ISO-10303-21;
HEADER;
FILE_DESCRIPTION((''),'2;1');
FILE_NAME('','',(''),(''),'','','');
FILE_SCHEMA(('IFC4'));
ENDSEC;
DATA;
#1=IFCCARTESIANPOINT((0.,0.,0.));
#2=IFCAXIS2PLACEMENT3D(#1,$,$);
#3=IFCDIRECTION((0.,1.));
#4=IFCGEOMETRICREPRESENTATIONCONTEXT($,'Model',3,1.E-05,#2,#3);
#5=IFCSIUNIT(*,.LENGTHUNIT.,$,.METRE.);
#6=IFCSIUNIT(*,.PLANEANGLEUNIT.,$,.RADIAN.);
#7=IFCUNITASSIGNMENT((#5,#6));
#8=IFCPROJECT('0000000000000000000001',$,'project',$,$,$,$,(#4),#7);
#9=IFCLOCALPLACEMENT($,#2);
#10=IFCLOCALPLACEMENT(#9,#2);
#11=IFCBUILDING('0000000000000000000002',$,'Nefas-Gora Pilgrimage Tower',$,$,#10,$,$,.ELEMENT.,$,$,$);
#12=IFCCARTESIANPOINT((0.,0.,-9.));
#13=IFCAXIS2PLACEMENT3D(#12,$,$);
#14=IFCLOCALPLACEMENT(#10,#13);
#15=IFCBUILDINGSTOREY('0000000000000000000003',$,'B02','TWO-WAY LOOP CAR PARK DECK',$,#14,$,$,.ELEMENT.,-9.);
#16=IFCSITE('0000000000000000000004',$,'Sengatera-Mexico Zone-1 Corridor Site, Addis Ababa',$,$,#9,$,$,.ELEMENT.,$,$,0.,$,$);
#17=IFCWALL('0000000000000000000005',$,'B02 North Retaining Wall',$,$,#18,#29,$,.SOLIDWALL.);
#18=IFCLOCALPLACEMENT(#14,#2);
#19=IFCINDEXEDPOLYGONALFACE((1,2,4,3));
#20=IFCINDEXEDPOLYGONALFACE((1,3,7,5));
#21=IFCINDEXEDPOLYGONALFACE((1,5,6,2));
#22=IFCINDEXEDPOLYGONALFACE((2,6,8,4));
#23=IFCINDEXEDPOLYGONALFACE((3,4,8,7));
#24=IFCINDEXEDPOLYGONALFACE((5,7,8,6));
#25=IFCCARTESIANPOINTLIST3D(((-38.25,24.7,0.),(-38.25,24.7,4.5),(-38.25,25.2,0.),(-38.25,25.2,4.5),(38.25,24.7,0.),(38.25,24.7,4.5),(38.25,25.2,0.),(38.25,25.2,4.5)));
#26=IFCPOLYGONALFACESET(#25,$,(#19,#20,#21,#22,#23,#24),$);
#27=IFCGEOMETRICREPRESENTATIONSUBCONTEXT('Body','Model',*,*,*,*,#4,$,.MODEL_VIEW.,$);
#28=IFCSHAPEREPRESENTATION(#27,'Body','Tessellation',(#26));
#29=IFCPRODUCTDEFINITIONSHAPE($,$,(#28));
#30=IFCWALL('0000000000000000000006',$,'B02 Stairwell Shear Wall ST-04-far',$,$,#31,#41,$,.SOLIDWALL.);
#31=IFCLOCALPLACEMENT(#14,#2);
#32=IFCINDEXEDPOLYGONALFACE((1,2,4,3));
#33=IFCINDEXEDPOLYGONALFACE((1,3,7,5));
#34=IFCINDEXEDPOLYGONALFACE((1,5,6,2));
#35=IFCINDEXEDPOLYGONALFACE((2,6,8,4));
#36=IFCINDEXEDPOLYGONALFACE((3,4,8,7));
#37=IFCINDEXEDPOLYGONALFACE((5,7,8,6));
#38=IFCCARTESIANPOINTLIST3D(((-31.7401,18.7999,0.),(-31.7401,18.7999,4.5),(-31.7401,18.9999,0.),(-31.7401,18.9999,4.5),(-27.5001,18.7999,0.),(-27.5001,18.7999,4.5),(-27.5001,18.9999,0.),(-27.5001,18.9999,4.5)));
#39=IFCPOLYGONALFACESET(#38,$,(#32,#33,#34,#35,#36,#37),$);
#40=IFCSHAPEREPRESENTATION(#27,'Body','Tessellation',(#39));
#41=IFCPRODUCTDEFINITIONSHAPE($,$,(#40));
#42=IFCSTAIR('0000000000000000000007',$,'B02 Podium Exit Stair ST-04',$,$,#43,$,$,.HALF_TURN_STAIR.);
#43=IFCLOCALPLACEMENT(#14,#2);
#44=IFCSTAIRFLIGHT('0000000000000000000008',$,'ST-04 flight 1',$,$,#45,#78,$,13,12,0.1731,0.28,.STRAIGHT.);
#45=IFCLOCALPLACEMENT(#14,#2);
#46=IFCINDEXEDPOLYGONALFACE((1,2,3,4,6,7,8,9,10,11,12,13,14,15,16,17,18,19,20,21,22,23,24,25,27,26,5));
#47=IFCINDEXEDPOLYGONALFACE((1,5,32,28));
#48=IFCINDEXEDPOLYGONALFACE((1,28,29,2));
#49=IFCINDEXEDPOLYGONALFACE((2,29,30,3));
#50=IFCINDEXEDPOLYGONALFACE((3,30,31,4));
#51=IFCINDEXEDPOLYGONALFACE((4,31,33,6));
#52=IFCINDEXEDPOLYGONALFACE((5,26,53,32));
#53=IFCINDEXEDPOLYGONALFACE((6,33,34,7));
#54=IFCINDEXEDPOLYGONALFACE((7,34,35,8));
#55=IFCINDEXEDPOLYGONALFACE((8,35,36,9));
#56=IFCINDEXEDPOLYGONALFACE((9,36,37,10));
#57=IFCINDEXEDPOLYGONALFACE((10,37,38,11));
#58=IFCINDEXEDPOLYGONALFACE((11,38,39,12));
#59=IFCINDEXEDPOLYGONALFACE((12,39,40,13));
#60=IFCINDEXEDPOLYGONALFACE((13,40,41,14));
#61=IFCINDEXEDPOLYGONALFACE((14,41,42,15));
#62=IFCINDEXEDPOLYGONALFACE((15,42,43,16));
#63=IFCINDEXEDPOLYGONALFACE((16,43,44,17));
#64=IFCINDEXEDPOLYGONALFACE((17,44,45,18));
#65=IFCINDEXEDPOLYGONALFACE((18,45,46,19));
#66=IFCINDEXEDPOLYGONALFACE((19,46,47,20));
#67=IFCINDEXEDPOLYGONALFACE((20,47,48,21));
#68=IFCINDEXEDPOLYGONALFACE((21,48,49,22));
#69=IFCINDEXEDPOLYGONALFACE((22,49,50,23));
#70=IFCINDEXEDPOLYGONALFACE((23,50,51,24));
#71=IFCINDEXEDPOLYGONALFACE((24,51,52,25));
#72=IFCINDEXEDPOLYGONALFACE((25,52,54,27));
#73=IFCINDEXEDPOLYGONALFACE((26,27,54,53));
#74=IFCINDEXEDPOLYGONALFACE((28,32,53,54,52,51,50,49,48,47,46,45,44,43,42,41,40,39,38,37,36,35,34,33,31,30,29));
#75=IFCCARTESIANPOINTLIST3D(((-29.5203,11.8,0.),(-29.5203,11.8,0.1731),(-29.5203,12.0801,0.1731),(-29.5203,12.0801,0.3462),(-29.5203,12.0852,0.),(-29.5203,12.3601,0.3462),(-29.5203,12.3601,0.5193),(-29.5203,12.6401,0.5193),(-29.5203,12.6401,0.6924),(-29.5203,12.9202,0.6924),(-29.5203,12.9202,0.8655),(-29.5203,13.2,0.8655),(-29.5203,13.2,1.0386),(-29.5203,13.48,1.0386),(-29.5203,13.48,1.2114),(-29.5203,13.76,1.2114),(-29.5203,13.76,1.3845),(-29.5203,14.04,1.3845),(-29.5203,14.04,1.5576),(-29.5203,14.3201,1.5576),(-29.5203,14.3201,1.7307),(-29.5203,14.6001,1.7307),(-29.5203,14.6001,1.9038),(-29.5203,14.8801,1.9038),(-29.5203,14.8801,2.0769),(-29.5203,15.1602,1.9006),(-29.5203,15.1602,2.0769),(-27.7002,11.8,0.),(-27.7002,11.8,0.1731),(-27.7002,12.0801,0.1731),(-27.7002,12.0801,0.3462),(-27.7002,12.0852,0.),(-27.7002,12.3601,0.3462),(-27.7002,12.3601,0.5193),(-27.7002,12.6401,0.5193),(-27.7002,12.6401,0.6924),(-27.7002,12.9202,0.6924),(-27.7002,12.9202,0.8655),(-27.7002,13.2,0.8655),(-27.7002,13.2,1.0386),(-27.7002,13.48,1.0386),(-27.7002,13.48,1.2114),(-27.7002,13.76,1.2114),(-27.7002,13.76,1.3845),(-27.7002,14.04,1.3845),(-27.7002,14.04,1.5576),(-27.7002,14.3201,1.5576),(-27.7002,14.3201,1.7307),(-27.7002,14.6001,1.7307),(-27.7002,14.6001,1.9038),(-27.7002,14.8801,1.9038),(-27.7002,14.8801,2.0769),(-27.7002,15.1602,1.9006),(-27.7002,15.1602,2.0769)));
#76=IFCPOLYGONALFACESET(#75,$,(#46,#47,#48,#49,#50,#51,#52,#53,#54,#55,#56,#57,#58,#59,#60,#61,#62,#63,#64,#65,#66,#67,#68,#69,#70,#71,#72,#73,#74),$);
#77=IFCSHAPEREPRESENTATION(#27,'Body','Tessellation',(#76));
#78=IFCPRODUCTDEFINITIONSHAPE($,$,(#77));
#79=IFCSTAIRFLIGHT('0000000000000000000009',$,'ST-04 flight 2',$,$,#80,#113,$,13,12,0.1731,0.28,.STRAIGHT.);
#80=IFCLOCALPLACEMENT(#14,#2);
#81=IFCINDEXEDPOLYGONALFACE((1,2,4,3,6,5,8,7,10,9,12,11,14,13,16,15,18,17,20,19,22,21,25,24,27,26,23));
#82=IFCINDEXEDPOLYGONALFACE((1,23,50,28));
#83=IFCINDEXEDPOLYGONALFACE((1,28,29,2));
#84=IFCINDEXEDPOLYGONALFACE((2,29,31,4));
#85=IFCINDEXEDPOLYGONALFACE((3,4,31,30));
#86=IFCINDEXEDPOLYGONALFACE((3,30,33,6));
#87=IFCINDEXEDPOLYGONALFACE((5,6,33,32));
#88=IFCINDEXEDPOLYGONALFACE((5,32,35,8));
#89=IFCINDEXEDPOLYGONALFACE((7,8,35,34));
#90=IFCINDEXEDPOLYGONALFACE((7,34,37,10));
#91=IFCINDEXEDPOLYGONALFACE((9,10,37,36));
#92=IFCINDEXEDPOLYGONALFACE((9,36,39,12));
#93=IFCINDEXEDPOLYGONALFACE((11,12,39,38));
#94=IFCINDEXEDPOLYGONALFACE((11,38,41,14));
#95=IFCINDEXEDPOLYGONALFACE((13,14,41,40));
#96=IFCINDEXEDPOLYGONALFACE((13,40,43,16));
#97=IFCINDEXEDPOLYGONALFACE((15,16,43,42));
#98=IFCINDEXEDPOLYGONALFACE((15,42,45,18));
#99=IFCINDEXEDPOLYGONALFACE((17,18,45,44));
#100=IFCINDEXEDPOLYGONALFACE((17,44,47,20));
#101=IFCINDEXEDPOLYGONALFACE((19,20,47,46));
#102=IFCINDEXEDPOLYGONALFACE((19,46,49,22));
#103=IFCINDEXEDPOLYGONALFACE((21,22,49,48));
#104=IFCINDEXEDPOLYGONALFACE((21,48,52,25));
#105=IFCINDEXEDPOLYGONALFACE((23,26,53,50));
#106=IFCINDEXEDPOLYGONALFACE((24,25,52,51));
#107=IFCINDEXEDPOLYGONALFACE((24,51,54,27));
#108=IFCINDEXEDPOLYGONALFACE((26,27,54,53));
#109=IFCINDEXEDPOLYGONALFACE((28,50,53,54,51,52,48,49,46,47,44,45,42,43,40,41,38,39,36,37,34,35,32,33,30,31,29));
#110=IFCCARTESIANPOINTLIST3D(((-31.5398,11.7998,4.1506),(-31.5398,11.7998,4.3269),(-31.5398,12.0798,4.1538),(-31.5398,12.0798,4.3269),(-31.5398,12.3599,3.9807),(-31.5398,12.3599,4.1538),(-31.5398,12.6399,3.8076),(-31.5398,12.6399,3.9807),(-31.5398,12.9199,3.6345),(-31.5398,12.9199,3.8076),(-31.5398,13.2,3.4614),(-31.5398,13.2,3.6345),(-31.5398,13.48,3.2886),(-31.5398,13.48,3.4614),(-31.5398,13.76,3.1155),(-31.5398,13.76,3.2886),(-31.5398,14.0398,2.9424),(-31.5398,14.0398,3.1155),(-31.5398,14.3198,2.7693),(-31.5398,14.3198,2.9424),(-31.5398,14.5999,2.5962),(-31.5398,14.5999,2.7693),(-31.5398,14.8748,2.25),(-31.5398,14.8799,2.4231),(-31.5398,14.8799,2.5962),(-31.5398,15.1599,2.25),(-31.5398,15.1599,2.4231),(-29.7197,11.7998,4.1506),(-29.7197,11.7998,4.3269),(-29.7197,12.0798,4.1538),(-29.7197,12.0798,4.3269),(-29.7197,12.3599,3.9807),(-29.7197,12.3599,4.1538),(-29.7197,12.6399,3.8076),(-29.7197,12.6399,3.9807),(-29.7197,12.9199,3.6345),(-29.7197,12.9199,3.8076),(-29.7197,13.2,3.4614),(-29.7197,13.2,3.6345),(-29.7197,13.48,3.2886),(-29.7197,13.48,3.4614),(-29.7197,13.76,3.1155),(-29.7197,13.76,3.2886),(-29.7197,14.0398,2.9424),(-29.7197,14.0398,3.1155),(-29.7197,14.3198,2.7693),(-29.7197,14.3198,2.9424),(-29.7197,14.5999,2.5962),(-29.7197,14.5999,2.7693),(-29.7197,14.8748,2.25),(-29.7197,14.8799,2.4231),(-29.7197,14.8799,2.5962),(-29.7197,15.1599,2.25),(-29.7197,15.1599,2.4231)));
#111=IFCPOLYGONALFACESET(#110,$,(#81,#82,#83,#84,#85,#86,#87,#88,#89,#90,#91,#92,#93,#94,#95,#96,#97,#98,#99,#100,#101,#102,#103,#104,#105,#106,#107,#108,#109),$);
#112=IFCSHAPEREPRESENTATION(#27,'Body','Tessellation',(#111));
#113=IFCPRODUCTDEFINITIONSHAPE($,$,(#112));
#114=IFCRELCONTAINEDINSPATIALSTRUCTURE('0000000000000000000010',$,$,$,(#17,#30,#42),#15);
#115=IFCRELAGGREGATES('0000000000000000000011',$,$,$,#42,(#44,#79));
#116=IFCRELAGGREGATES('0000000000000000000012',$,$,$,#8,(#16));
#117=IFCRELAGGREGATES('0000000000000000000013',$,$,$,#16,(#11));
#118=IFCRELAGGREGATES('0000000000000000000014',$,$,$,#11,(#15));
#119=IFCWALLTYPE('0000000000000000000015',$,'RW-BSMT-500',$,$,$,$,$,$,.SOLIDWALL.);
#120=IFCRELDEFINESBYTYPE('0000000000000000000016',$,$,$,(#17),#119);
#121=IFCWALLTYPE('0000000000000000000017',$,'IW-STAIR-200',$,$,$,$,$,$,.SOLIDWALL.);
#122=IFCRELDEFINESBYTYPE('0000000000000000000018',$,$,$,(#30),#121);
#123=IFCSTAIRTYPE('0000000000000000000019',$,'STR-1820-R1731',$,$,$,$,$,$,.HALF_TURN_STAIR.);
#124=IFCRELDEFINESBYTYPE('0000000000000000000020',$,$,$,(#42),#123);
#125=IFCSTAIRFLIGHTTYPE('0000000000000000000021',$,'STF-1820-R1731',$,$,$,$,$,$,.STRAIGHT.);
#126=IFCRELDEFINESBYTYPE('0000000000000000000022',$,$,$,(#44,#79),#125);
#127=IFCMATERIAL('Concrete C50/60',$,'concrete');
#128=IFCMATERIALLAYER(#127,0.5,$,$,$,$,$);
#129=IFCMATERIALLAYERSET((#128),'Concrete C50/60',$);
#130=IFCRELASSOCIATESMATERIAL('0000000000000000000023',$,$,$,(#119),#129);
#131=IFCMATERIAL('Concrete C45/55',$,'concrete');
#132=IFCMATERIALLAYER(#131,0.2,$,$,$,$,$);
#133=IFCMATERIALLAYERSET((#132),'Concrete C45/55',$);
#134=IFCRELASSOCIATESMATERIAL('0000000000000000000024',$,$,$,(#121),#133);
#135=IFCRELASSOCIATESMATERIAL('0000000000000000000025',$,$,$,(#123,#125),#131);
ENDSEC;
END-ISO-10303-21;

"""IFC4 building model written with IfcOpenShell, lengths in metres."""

from ifc_helpers import new_model, si_unit, direction, frame, frame_2d, origin, place, context, subcontext, project, spatial, polyline, rectangle, outline, extrude, source, transform, mapped, material, layer, layer_set, type_object, element, aggregate, save


model = new_model("IFC4")

# Units and contexts
model_context = context("Model", 3, precision=1e-05, world=origin(), true_north=direction((0.0, 1.0)))
body_context = subcontext(model_context, "Body", "Model", "MODEL_VIEW")
ifc_project = project(units=[si_unit("LENGTHUNIT", "METRE"), si_unit("PLANEANGLEUNIT", "RADIAN")], contexts=[model_context])

# Site, building, storey
site_placement = place(None, origin())
site = spatial("IfcSite", under=ifc_project, at=site_placement, Name="Sengatera-Mexico Zone-1 Corridor Site, Addis Ababa", CompositionType="ELEMENT", RefElevation=0.0)
building_placement = place(site_placement, origin())
building = spatial("IfcBuilding", under=site, at=building_placement, Name="Nefas-Gora Pilgrimage Tower", CompositionType="ELEMENT")
storey_placement = place(building_placement, frame((0.0, 0.0, -9.0)))
storey = spatial("IfcBuildingStorey", under=building, at=storey_placement, Name="B02", Description="TWO-WAY LOOP CAR PARK DECK", CompositionType="ELEMENT", Elevation=-9.0)

# Shared definitions
ifc_material_1 = material(Name="Concrete C45/55", Category="concrete")

# Walls
ifc_material_2 = material(Name="Concrete C50/60", Category="concrete")
ifc_layer_1 = layer(ifc_material_2, 0.5)
ifc_layer_set_1 = layer_set([ifc_layer_1], Name="Concrete C50/60")
wall_type_1 = type_object("IfcWallType", Name="RW-BSMT-500", PredefinedType="SOLIDWALL", material=ifc_layer_set_1)
shared_shape_1 = source(origin(), body_context, "Body", "SweptSolid", [
    extrude(rectangle(XDim=76.5, YDim=0.5, at=frame_2d((38.25, 0.0))), origin(), (0.0, 0.0, 1.0), 4.5),
])
wall_1_placement = place(storey_placement, frame((-38.25, 24.95, 0.0), z_axis=(0.0, 0.0, 1.0), x_axis=(1.0, 0.0, 0.0)))
element("IfcWall", 1, at=wall_1_placement, inside=storey, type_object=wall_type_1, Name="B02 North Retaining Wall", PredefinedType="SOLIDWALL", context=body_context, shape_type="MappedRepresentation", body=[
    mapped(shared_shape_1, transform((0.0, 0.0, 0.0), x_axis=(1.0, 0.0, 0.0), y_axis=(0.0, 1.0, 0.0), z_axis=(0.0, 0.0, 1.0), scale=1.0)),
])
ifc_layer_2 = layer(ifc_material_1, 0.2)
ifc_layer_set_2 = layer_set([ifc_layer_2], Name="Concrete C45/55")
wall_type_2 = type_object("IfcWallType", Name="IW-STAIR-200", PredefinedType="SOLIDWALL", material=ifc_layer_set_2)
shared_shape_2 = source(origin(), body_context, "Body", "SweptSolid", [
    extrude(rectangle(XDim=4.24, YDim=0.2, at=frame_2d((2.1201, 0.0))), origin(), (0.0, 0.0, 1.0), 4.5),
])
wall_2_placement = place(storey_placement, frame((-27.5, 18.8999, 0.0), z_axis=(0.0, 0.0, 1.0), x_axis=(-1.0, 0.0, 0.0)))
element("IfcWall", 2, at=wall_2_placement, inside=storey, type_object=wall_type_2, Name="B02 Stairwell Shear Wall ST-04-far", PredefinedType="SOLIDWALL", context=body_context, shape_type="MappedRepresentation", body=[
    mapped(shared_shape_2, transform((0.0, 0.0, 0.0), x_axis=(1.0, 0.0, 0.0), y_axis=(0.0, 1.0, 0.0), z_axis=(0.0, 0.0, 1.0), scale=1.0)),
])

# Stair, stair flights
stair_type = type_object("IfcStairType", Name="STR-1820-R1731", PredefinedType="HALF_TURN_STAIR", material=ifc_material_1)
stair_placement = place(storey_placement, origin())
stair = element("IfcStair", 3, at=stair_placement, inside=storey, type_object=stair_type, Name="B02 Podium Exit Stair ST-04", PredefinedType="HALF_TURN_STAIR")
stair_flight_type = type_object("IfcStairFlightType", Name="STF-1820-R1731", PredefinedType="STRAIGHT", material=ifc_material_1)
shared_shape_3 = source(origin(), body_context, "Body", "SweptSolid", [
    extrude(outline(polyline([(0.0, 0.0), (0.0, 0.1731), (0.28, 0.1731), (0.28, 0.3462), (0.5601, 0.3462), (0.5601, 0.5193), (0.8401, 0.5193), (0.8401, 0.6924), (1.1201, 0.6924), (1.1201, 0.8655), (1.3999, 0.8655), (1.3999, 1.0386), (1.6799, 1.0386), (1.6799, 1.2114), (1.96, 1.2114), (1.96, 1.3845), (2.24, 1.3845), (2.24, 1.5576), (2.52, 1.5576), (2.52, 1.7307), (2.8, 1.7307), (2.8, 1.9038), (3.0801, 1.9038), (3.0801, 2.0769), (3.3601, 2.0769), (3.3601, 2.25), (3.3601, 1.9006), (0.2852, 0.0), (0.0, 0.0)])), frame((0.0, 0.9102, 0.0), z_axis=(0.0, -1.0, 0.0), x_axis=(1.0, 0.0, 0.0)), (0.0, 0.0, 1.0), 1.8201),
])
stair_flight_1_placement = place(storey_placement, frame((-28.6101, 11.8, 0.0), z_axis=(0.0, 0.0, 1.0), x_axis=(0.0, 1.0, 0.0)))
stair_flight_1 = element("IfcStairFlight", 4, at=stair_flight_1_placement, type_object=stair_flight_type, Name="ST-04 flight 1", NumberOfRisers=13, NumberOfTreads=12, PredefinedType="STRAIGHT", RiserHeight=0.1731, TreadLength=0.28, context=body_context, shape_type="MappedRepresentation", body=[
    mapped(shared_shape_3, transform((0.0, 0.0, 0.0), x_axis=(1.0, 0.0, 0.0), y_axis=(0.0, 1.0, 0.0), z_axis=(0.0, 0.0, 1.0), scale=1.0)),
])
stair_flight_2_placement = place(storey_placement, frame((-30.6299, 15.1599, 2.25), z_axis=(0.0, 0.0, 1.0), x_axis=(0.0, -1.0, 0.0)))
stair_flight_2 = element("IfcStairFlight", 5, at=stair_flight_2_placement, type_object=stair_flight_type, Name="ST-04 flight 2", NumberOfRisers=13, NumberOfTreads=12, PredefinedType="STRAIGHT", RiserHeight=0.1731, TreadLength=0.28, context=body_context, shape_type="MappedRepresentation", body=[
    mapped(shared_shape_3, transform((0.0, 0.0, 0.0), x_axis=(1.0, 0.0, 0.0), y_axis=(0.0, 1.0, 0.0), z_axis=(0.0, 0.0, 1.0), scale=1.0)),
])
aggregate(stair, [stair_flight_1, stair_flight_2])

save(model, "model.ifc")
